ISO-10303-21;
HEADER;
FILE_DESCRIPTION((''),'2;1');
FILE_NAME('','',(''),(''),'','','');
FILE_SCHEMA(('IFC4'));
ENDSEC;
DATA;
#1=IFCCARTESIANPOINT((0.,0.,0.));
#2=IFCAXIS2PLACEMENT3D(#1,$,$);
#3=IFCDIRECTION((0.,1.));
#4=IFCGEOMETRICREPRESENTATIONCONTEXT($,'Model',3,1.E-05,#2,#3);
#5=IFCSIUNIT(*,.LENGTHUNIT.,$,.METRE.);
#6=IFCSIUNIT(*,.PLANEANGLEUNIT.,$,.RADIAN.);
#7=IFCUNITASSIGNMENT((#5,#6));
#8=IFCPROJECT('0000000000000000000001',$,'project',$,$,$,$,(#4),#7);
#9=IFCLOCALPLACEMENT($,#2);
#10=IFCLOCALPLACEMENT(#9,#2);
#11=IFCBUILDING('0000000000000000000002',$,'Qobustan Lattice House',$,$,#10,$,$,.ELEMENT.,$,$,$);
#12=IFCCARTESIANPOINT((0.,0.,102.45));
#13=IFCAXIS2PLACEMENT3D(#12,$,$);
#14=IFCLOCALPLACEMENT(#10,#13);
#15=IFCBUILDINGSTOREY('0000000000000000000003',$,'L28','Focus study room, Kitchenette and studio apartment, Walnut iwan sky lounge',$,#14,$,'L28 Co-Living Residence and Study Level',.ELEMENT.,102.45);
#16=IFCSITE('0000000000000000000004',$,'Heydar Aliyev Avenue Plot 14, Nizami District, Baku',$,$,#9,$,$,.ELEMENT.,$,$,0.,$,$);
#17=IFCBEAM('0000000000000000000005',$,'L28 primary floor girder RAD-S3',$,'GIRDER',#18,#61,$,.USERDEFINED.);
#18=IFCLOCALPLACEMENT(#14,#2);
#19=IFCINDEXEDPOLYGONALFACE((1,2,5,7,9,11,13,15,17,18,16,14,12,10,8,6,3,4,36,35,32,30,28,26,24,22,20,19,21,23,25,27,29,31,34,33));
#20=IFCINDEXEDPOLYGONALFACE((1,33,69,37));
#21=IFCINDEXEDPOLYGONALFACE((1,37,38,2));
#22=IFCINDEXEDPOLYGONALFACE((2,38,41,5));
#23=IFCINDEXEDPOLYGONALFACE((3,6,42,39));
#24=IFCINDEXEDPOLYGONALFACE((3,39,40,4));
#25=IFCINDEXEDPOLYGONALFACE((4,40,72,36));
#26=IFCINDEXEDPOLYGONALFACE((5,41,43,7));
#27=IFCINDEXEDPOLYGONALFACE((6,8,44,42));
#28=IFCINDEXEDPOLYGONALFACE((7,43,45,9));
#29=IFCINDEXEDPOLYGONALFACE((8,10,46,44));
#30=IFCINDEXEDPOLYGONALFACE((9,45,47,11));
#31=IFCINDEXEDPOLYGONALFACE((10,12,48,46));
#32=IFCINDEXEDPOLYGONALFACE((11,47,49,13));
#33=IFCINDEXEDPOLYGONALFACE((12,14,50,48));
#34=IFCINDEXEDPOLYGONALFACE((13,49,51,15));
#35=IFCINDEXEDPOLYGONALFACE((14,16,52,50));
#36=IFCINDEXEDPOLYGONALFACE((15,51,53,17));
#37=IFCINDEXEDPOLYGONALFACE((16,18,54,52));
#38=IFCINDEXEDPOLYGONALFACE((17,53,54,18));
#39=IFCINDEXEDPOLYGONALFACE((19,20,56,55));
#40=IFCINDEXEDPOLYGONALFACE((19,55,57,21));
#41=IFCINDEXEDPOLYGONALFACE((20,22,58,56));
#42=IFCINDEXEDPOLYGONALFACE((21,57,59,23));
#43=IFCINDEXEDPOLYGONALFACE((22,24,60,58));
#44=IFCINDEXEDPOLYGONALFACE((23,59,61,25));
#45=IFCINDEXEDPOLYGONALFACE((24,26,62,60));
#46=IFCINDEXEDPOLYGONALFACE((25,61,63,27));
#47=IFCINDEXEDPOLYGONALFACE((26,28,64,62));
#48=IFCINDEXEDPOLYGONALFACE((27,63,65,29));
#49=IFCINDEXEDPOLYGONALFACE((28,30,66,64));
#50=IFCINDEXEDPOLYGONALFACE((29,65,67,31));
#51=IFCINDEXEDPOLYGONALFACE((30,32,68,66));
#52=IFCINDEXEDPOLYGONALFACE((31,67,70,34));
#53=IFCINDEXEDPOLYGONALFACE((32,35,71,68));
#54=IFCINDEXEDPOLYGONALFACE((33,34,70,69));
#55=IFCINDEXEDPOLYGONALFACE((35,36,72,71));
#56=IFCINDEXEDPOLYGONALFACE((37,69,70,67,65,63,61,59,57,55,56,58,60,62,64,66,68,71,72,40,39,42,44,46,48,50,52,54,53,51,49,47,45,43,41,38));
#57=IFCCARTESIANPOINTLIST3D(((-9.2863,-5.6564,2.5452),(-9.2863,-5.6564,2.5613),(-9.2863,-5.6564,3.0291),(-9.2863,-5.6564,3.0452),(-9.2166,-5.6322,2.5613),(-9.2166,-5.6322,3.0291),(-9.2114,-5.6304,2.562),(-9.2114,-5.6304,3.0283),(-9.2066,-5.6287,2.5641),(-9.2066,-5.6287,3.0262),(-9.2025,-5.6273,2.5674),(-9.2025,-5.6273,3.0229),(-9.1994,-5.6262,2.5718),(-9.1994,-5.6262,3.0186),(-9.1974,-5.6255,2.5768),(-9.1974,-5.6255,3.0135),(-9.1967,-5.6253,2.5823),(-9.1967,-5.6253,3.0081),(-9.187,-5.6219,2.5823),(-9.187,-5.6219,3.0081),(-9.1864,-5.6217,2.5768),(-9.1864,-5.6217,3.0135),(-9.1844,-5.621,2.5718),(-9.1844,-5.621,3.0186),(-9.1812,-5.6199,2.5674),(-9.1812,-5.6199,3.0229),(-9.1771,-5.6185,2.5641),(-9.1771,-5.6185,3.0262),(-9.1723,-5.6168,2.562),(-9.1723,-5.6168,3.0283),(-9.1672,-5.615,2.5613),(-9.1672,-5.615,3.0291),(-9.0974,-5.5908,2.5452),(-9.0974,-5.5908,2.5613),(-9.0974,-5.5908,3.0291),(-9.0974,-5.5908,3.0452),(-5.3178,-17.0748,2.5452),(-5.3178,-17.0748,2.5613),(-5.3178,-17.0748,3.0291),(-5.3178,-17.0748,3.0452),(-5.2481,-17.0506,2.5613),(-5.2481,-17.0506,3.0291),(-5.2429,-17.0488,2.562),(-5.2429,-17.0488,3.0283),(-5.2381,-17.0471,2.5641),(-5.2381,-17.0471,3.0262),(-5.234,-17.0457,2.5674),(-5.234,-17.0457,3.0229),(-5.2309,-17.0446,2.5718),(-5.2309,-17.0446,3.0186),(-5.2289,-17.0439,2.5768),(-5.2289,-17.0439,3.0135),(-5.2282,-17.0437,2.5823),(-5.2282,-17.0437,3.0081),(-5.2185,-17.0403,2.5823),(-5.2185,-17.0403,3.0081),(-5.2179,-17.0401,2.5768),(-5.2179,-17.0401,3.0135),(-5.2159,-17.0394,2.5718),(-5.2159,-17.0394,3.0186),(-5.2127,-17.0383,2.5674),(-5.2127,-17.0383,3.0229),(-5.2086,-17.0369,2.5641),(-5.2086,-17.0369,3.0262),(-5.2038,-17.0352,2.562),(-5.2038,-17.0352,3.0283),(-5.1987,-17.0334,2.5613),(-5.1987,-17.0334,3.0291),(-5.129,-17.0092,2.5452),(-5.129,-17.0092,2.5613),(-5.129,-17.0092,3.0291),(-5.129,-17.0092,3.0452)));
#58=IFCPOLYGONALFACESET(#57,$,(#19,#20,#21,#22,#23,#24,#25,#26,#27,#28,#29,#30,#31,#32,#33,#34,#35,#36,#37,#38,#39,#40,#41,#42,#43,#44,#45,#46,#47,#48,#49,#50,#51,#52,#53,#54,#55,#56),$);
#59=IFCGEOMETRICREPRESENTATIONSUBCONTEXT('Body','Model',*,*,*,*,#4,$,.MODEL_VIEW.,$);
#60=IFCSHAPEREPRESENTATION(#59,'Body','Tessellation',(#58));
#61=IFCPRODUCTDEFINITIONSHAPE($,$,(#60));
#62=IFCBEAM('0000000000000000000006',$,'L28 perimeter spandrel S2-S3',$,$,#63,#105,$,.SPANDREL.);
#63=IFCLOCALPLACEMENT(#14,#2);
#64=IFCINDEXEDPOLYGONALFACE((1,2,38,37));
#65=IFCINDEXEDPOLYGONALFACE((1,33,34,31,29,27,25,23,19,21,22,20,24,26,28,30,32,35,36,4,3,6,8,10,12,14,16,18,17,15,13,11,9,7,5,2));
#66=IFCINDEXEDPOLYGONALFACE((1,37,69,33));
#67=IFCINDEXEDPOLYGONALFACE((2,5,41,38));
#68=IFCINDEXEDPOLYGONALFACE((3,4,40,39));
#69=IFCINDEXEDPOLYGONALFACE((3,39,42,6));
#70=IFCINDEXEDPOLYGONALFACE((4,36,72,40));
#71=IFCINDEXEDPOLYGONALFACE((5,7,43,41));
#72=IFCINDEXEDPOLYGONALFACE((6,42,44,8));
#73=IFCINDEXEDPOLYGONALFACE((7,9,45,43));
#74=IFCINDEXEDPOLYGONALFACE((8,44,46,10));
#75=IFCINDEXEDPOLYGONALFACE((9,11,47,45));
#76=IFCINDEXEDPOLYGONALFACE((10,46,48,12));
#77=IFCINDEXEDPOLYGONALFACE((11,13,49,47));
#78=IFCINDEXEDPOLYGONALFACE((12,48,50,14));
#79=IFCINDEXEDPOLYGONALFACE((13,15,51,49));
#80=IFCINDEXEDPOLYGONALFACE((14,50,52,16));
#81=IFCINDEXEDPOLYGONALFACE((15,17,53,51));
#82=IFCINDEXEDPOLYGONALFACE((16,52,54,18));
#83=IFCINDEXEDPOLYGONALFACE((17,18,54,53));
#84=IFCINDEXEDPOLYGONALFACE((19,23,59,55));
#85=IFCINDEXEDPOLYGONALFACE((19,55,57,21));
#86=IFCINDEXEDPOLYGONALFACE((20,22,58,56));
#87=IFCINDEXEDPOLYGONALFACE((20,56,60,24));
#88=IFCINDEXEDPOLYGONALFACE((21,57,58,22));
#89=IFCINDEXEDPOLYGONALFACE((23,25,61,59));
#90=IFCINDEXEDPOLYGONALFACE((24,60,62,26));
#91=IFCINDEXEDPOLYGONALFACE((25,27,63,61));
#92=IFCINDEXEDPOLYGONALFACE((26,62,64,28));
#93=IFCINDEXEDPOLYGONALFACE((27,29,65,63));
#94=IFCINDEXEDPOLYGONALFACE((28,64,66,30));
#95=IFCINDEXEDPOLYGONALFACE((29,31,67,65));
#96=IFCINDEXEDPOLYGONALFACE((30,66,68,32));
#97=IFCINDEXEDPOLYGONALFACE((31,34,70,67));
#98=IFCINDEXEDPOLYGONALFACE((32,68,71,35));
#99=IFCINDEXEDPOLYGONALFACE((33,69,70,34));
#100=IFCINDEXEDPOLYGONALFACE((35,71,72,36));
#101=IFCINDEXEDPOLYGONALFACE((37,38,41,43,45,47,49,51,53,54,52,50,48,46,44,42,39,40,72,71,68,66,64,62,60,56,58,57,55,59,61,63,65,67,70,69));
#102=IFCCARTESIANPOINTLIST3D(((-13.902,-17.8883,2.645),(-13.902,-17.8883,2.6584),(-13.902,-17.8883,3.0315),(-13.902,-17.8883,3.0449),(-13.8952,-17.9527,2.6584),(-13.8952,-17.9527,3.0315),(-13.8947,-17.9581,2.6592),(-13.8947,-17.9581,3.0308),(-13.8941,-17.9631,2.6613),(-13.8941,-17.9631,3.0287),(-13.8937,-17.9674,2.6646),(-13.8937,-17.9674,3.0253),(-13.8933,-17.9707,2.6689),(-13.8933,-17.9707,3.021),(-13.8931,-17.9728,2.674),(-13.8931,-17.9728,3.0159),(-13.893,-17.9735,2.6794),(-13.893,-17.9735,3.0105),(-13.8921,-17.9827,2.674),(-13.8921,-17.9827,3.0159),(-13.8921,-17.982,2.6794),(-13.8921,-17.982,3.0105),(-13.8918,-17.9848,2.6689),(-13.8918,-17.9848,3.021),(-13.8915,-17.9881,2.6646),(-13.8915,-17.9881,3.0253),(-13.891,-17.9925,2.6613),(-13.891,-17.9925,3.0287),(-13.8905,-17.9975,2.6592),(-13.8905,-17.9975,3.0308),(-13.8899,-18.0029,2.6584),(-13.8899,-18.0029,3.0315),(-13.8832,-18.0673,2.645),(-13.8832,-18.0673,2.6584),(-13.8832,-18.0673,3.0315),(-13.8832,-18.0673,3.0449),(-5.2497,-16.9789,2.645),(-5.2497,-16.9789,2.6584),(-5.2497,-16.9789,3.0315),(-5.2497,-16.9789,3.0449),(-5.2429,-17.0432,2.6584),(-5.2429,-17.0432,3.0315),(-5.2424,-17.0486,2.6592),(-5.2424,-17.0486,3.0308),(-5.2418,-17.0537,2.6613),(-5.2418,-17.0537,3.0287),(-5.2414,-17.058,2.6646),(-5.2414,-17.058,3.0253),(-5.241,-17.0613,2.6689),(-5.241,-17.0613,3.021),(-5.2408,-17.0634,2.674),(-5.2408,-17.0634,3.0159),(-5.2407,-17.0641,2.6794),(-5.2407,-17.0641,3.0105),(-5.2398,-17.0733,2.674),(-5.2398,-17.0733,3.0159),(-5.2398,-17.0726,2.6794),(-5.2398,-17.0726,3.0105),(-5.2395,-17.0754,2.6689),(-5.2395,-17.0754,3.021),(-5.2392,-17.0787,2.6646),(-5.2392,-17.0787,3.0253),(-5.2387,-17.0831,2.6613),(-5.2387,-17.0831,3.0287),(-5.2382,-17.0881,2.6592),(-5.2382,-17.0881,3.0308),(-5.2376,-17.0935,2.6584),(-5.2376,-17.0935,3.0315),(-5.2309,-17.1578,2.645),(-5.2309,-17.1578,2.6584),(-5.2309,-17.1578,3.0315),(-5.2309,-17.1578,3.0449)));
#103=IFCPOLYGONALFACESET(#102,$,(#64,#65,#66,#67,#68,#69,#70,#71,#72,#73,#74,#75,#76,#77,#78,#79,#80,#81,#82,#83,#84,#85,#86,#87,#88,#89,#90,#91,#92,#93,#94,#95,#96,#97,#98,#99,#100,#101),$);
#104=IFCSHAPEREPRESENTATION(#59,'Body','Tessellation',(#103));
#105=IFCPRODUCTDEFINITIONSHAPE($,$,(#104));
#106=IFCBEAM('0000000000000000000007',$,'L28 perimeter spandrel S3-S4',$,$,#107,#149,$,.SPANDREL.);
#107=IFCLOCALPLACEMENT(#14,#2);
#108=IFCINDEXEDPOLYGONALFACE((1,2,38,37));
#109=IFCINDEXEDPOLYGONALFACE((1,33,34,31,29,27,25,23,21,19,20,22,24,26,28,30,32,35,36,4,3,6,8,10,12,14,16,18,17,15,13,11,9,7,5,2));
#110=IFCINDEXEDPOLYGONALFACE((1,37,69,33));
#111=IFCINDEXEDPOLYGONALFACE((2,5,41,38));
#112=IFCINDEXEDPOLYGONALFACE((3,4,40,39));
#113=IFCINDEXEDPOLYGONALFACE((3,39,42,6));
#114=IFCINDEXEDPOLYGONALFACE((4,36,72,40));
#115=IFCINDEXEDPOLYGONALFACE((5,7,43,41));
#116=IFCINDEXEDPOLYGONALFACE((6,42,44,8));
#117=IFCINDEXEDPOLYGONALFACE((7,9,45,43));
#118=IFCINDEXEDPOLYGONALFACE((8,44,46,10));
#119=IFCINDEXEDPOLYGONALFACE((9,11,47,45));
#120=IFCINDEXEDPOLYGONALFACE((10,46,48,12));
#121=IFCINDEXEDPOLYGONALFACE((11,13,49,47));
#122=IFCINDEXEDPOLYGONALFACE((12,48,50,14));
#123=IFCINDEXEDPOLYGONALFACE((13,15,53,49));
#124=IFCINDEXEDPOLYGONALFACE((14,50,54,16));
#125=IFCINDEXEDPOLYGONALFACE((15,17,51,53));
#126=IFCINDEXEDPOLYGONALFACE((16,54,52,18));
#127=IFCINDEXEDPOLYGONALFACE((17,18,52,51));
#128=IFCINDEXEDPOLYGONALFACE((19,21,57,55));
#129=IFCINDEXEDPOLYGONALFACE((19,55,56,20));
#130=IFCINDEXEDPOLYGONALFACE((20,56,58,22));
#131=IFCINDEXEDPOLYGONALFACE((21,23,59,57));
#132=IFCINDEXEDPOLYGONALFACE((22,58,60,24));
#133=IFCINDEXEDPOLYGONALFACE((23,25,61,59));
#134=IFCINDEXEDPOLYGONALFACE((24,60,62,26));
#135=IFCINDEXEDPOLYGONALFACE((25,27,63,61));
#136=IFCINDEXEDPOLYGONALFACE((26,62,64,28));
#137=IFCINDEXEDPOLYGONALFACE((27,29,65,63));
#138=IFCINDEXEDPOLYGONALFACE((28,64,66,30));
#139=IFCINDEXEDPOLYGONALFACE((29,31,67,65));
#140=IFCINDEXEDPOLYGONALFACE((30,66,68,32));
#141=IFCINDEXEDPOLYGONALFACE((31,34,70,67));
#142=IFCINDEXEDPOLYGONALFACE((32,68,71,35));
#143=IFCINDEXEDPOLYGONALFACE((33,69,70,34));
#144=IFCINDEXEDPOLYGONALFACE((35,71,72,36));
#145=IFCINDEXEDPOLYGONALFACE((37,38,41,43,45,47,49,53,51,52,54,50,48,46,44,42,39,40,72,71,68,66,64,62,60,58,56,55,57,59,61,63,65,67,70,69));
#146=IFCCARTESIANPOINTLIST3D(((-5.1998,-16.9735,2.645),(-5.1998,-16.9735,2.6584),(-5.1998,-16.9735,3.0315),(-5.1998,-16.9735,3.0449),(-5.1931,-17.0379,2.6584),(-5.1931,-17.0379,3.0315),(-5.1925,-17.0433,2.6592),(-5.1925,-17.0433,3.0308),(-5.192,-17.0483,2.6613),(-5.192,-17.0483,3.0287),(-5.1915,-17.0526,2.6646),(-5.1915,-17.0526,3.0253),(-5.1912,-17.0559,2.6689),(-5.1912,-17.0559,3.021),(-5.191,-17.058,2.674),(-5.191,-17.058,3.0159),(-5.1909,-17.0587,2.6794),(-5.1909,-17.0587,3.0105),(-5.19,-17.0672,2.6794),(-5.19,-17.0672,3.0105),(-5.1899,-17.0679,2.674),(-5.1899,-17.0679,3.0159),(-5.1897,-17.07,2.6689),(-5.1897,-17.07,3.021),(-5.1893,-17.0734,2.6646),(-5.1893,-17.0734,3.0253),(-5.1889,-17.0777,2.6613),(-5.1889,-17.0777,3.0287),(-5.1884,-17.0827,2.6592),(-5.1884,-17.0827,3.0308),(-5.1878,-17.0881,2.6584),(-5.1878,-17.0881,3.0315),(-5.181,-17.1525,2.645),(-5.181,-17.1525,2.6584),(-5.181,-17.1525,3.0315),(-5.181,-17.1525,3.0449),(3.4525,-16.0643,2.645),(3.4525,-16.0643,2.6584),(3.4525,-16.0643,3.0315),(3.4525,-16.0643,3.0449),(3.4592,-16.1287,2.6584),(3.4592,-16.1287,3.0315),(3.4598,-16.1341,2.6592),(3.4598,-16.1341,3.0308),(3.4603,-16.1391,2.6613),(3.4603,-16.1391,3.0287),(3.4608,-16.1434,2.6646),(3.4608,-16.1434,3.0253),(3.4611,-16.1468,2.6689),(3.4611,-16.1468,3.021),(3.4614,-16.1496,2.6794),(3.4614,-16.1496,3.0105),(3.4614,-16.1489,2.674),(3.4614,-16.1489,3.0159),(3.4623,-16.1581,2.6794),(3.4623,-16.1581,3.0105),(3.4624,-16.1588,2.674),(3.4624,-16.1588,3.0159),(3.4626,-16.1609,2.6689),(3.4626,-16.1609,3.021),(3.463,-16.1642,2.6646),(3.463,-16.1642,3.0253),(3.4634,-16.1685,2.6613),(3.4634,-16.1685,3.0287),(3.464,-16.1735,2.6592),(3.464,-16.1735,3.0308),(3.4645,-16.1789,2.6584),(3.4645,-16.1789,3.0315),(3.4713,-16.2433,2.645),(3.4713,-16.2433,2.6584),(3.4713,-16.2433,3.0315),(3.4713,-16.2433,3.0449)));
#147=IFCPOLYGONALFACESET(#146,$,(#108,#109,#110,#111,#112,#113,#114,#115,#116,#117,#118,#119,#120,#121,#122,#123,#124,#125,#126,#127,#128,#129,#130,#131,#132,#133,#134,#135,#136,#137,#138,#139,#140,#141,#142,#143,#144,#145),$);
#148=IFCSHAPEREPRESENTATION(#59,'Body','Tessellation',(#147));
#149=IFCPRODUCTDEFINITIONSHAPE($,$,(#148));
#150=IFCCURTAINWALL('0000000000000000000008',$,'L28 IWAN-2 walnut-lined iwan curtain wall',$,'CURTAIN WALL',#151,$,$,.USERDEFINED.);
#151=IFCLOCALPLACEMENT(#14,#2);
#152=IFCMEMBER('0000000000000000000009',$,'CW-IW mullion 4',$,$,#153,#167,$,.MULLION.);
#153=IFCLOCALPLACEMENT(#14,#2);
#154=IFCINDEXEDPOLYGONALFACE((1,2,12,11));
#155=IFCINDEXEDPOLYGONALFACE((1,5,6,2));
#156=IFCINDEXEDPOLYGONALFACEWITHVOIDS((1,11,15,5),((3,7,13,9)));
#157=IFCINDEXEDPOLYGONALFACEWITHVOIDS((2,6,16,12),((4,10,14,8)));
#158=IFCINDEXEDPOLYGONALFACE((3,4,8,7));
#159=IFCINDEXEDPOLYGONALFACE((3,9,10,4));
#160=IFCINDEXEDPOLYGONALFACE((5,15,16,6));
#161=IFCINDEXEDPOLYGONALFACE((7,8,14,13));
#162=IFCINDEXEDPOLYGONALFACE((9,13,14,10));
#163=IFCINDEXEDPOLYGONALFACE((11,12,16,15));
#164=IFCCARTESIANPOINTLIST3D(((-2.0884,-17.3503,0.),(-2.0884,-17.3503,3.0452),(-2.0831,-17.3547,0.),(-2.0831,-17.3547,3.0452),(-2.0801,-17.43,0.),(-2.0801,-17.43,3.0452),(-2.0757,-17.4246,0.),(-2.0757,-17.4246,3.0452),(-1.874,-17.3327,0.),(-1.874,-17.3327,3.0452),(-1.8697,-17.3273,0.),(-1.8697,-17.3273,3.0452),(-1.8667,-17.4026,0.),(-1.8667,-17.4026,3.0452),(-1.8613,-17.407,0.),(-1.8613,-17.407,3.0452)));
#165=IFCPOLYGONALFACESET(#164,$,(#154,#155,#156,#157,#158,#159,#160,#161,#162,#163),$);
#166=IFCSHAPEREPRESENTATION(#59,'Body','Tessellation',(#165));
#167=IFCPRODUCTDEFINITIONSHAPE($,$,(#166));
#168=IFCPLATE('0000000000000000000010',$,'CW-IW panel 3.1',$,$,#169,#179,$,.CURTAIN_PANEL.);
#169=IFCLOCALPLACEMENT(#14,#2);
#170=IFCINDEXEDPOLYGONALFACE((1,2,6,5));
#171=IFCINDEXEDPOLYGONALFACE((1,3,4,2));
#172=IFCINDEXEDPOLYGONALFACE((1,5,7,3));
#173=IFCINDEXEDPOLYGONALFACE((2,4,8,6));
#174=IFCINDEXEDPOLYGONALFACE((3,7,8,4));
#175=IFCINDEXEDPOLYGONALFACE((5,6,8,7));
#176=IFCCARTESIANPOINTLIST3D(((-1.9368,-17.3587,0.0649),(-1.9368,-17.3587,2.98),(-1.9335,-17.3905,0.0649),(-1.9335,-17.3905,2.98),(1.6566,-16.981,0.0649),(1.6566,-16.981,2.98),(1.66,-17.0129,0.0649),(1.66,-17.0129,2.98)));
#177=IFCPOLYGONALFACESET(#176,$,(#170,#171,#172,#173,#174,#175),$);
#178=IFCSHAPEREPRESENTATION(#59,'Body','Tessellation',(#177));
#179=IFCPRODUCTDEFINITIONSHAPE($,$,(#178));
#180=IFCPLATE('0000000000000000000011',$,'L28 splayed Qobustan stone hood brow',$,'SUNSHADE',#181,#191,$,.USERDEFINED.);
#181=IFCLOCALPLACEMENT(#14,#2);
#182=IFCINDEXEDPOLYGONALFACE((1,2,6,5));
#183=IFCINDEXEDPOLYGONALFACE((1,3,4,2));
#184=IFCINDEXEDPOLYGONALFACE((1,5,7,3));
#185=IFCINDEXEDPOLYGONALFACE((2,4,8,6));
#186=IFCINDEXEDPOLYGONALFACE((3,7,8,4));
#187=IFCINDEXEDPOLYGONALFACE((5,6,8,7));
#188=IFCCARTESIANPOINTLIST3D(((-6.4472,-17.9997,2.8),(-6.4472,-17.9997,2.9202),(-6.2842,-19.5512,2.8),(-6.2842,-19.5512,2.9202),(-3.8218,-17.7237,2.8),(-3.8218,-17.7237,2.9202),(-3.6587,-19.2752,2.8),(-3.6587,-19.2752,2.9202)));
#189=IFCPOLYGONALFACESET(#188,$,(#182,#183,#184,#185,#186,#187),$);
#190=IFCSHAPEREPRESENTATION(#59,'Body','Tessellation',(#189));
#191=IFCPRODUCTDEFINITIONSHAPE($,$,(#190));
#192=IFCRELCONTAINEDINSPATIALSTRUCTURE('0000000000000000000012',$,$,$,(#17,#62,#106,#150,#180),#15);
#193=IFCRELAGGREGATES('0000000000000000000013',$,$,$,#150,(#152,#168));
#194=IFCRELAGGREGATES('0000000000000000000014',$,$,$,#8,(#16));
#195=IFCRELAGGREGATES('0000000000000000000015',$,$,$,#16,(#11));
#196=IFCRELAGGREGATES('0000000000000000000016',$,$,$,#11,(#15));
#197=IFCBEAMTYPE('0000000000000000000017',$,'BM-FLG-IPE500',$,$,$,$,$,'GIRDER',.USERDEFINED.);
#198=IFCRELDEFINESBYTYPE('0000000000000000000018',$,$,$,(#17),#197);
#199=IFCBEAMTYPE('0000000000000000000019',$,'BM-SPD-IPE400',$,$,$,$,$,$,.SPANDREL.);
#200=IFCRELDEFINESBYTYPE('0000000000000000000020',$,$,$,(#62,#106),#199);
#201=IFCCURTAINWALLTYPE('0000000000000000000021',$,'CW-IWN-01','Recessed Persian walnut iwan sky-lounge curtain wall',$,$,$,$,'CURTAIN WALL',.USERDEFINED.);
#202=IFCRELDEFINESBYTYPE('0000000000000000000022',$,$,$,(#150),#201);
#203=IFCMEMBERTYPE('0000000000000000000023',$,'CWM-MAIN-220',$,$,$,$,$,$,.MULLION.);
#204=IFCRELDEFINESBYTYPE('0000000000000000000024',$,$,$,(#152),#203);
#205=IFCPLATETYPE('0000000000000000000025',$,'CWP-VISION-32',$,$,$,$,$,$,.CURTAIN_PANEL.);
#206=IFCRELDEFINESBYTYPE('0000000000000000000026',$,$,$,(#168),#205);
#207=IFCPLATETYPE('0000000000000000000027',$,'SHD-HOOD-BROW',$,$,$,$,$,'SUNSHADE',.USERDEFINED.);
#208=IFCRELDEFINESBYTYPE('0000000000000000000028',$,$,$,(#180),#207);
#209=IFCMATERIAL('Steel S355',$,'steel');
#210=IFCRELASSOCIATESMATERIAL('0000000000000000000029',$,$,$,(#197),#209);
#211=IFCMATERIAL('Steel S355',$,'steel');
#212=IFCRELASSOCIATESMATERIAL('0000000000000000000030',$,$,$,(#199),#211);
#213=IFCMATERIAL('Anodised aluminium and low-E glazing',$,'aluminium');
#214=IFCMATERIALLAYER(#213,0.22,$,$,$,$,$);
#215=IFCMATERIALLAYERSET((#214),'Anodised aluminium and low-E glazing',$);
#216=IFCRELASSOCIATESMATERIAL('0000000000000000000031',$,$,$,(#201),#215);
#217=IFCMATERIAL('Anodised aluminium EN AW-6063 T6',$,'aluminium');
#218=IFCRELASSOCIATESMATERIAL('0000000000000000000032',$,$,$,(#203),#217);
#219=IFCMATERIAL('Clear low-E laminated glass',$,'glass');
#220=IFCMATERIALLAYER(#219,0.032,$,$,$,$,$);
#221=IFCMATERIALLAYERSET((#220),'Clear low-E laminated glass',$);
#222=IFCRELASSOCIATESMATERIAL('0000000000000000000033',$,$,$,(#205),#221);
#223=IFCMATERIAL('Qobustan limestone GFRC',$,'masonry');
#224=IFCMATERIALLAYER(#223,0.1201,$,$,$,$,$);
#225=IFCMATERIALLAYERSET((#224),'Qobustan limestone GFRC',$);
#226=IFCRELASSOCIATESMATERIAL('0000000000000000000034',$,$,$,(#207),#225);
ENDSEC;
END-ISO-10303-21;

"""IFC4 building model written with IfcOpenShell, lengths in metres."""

from ifc_helpers import new_model, si_unit, direction, frame, origin, origin_2d, place, context, subcontext, project, spatial, rectangle, hollow_rectangle, i_section, extrude, material, layer, layer_set, material_profile, profile_set, type_object, element, aggregate, save


model = new_model("IFC4")

# Units and contexts
model_context = context("Model", 3, precision=1e-05, world=origin(), true_north=direction((0.0, 1.0)))
body_context = subcontext(model_context, "Body", "Model", "MODEL_VIEW")
ifc_project = project(units=[si_unit("LENGTHUNIT", "METRE"), si_unit("PLANEANGLEUNIT", "RADIAN")], contexts=[model_context])

# Site, building, storey
site_placement = place(None, origin())
site = spatial("IfcSite", under=ifc_project, at=site_placement, Name="Heydar Aliyev Avenue Plot 14, Nizami District, Baku", CompositionType="ELEMENT", RefElevation=0.0)
building_placement = place(site_placement, origin())
building = spatial("IfcBuilding", under=site, at=building_placement, Name="Qobustan Lattice House", CompositionType="ELEMENT")
storey_placement = place(building_placement, frame((0.0, 0.0, 102.45)))
storey = spatial("IfcBuildingStorey", under=building, at=storey_placement, Name="L28", Description="Focus study room, Kitchenette and studio apartment, Walnut iwan sky lounge", LongName="L28 Co-Living Residence and Study Level", CompositionType="ELEMENT", Elevation=102.45)

# Beams
ifc_material_1 = material(Name="Steel S355", Category="steel")
ifc_material_profile_1 = material_profile(ifc_material_1, i_section(OverallWidth=0.2, OverallDepth=0.5, WebThickness=0.0103, FlangeThickness=0.0161, FilletRadius=0.021, at=origin_2d()), Name="IPE500")
ifc_profile_set_1 = profile_set([ifc_material_profile_1], Name="Steel S355")
beam_type_1 = type_object("IfcBeamType", Name="BM-FLG-IPE500", ElementType="GIRDER", PredefinedType="USERDEFINED", material=ifc_profile_set_1)
beam_1_placement = place(storey_placement, frame((-5.2234, -17.042, 2.7952), z_axis=(-0.32829, 0.944577, 0.0), x_axis=(-0.944577, -0.32829, 0.0)))
element("IfcBeam", 1, at=beam_1_placement, inside=storey, type_object=beam_type_1, Name="L28 primary floor girder RAD-S3", ObjectType="GIRDER", PredefinedType="USERDEFINED", context=body_context, shape_type="SweptSolid", body=[
    extrude(i_section(OverallWidth=0.2, OverallDepth=0.5, WebThickness=0.0103, FlangeThickness=0.0161, FilletRadius=0.021, at=origin_2d()), origin(), (0.0, 0.0, 1.0), 12.0884),
])
ifc_material_2 = material(Name="Steel S355", Category="steel")
ifc_material_profile_2 = material_profile(ifc_material_2, i_section(OverallWidth=0.1799, OverallDepth=0.3999, WebThickness=0.0085, FlangeThickness=0.0134, FilletRadius=0.021, at=origin_2d()), Name="IPE400")
ifc_profile_set_2 = profile_set([ifc_material_profile_2], Name="Steel S355")
beam_type_2 = type_object("IfcBeamType", Name="BM-SPD-IPE400", PredefinedType="SPANDREL", material=ifc_profile_set_2)
for number, where, z_axis, x_axis, name in (
    (2, (-13.8926, -17.9778, 2.845), (0.994522, 0.104531, 0.0), (-0.104531, 0.994522, 0.0), "L28 perimeter spandrel S2-S3"),
    (3, (-5.1904, -17.063, 2.845), (0.994525, 0.104504, 0.0), (-0.104504, 0.994525, 0.0), "L28 perimeter spandrel S3-S4"),
):
    element("IfcBeam", number, at=place(storey_placement, frame(where, z_axis=z_axis, x_axis=x_axis)), inside=storey, type_object=beam_type_2, Name=name, PredefinedType="SPANDREL", context=body_context, shape_type="SweptSolid", body=[
        extrude(i_section(OverallWidth=0.1799, OverallDepth=0.3999, WebThickness=0.0085, FlangeThickness=0.0134, FilletRadius=0.021, at=origin_2d()), origin(), (0.0, 0.0, 1.0), 8.7),
    ])

# Curtain wall, member, plate
ifc_material_3 = material(Name="Anodised aluminium and low-E glazing", Category="aluminium")
ifc_layer_1 = layer(ifc_material_3, 0.22)
ifc_layer_set_1 = layer_set([ifc_layer_1], Name="Anodised aluminium and low-E glazing")
curtain_wall_type = type_object("IfcCurtainWallType", Name="CW-IWN-01", Description="Recessed Persian walnut iwan sky-lounge curtain wall", ElementType="CURTAIN WALL", PredefinedType="USERDEFINED", material=ifc_layer_set_1)
curtain_wall_placement = place(storey_placement, origin())
curtain_wall = element("IfcCurtainWall", 4, at=curtain_wall_placement, inside=storey, type_object=curtain_wall_type, Name="L28 IWAN-2 walnut-lined iwan curtain wall", ObjectType="CURTAIN WALL", PredefinedType="USERDEFINED")
ifc_material_4 = material(Name="Anodised aluminium EN AW-6063 T6", Category="aluminium")
ifc_material_profile_3 = material_profile(ifc_material_4, hollow_rectangle(XDim=0.0801, YDim=0.22, WallThickness=0.0049, at=origin_2d()), Name="CWM-220x80")
ifc_profile_set_3 = profile_set([ifc_material_profile_3], Name="Anodised aluminium EN AW-6063 T6")
member_type = type_object("IfcMemberType", Name="CWM-MAIN-220", PredefinedType="MULLION", material=ifc_profile_set_3)
member_placement = place(storey_placement, frame((-1.9749, -17.3787, 0.0), z_axis=(0.0, 0.0, 1.0), x_axis=(0.104526, -0.994522, 0.0)))
member = element("IfcMember", 5, at=member_placement, type_object=member_type, Name="CW-IW mullion 4", PredefinedType="MULLION", context=body_context, shape_type="SweptSolid", body=[
    extrude(hollow_rectangle(XDim=0.0801, YDim=0.22, WallThickness=0.0049, at=origin_2d()), origin(), (0.0, 0.0, 1.0), 3.0452),
])
ifc_material_5 = material(Name="Clear low-E laminated glass", Category="glass")
ifc_layer_2 = layer(ifc_material_5, 0.032)
ifc_layer_set_2 = layer_set([ifc_layer_2], Name="Clear low-E laminated glass")
plate_type_1 = type_object("IfcPlateType", Name="CWP-VISION-32", PredefinedType="CURTAIN_PANEL", material=ifc_layer_set_2)
plate_1_placement = place(storey_placement, frame((-0.1384, -17.1858, 0.0649), z_axis=(0.0, 0.0, 1.0), x_axis=(-0.994522, -0.104526, 0.0)))
plate_1 = element("IfcPlate", 6, at=plate_1_placement, type_object=plate_type_1, Name="CW-IW panel 3.1", PredefinedType="CURTAIN_PANEL", context=body_context, shape_type="SweptSolid", body=[
    extrude(rectangle(XDim=3.6133, YDim=0.032, at=origin_2d()), origin(), (0.0, 0.0, 1.0), 2.915),
])
aggregate(curtain_wall, [member, plate_1])

# Plate
ifc_material_6 = material(Name="Qobustan limestone GFRC", Category="masonry")
ifc_layer_3 = layer(ifc_material_6, 0.1201)
ifc_layer_set_3 = layer_set([ifc_layer_3], Name="Qobustan limestone GFRC")
plate_type_2 = type_object("IfcPlateType", Name="SHD-HOOD-BROW", ElementType="SUNSHADE", PredefinedType="USERDEFINED", material=ifc_layer_set_3)
plate_2_placement = place(storey_placement, frame((-5.053, -18.6375, 2.8), z_axis=(0.0, 0.0, 1.0), x_axis=(-0.994522, -0.104528, 0.0)))
element("IfcPlate", 7, at=plate_2_placement, inside=storey, type_object=plate_type_2, Name="L28 splayed Qobustan stone hood brow", ObjectType="SUNSHADE", PredefinedType="USERDEFINED", context=body_context, shape_type="SweptSolid", body=[
    extrude(rectangle(XDim=2.6399, YDim=1.5601, at=origin_2d()), origin(), (0.0, 0.0, 1.0), 0.1201),
])

save(model, "model.ifc")
